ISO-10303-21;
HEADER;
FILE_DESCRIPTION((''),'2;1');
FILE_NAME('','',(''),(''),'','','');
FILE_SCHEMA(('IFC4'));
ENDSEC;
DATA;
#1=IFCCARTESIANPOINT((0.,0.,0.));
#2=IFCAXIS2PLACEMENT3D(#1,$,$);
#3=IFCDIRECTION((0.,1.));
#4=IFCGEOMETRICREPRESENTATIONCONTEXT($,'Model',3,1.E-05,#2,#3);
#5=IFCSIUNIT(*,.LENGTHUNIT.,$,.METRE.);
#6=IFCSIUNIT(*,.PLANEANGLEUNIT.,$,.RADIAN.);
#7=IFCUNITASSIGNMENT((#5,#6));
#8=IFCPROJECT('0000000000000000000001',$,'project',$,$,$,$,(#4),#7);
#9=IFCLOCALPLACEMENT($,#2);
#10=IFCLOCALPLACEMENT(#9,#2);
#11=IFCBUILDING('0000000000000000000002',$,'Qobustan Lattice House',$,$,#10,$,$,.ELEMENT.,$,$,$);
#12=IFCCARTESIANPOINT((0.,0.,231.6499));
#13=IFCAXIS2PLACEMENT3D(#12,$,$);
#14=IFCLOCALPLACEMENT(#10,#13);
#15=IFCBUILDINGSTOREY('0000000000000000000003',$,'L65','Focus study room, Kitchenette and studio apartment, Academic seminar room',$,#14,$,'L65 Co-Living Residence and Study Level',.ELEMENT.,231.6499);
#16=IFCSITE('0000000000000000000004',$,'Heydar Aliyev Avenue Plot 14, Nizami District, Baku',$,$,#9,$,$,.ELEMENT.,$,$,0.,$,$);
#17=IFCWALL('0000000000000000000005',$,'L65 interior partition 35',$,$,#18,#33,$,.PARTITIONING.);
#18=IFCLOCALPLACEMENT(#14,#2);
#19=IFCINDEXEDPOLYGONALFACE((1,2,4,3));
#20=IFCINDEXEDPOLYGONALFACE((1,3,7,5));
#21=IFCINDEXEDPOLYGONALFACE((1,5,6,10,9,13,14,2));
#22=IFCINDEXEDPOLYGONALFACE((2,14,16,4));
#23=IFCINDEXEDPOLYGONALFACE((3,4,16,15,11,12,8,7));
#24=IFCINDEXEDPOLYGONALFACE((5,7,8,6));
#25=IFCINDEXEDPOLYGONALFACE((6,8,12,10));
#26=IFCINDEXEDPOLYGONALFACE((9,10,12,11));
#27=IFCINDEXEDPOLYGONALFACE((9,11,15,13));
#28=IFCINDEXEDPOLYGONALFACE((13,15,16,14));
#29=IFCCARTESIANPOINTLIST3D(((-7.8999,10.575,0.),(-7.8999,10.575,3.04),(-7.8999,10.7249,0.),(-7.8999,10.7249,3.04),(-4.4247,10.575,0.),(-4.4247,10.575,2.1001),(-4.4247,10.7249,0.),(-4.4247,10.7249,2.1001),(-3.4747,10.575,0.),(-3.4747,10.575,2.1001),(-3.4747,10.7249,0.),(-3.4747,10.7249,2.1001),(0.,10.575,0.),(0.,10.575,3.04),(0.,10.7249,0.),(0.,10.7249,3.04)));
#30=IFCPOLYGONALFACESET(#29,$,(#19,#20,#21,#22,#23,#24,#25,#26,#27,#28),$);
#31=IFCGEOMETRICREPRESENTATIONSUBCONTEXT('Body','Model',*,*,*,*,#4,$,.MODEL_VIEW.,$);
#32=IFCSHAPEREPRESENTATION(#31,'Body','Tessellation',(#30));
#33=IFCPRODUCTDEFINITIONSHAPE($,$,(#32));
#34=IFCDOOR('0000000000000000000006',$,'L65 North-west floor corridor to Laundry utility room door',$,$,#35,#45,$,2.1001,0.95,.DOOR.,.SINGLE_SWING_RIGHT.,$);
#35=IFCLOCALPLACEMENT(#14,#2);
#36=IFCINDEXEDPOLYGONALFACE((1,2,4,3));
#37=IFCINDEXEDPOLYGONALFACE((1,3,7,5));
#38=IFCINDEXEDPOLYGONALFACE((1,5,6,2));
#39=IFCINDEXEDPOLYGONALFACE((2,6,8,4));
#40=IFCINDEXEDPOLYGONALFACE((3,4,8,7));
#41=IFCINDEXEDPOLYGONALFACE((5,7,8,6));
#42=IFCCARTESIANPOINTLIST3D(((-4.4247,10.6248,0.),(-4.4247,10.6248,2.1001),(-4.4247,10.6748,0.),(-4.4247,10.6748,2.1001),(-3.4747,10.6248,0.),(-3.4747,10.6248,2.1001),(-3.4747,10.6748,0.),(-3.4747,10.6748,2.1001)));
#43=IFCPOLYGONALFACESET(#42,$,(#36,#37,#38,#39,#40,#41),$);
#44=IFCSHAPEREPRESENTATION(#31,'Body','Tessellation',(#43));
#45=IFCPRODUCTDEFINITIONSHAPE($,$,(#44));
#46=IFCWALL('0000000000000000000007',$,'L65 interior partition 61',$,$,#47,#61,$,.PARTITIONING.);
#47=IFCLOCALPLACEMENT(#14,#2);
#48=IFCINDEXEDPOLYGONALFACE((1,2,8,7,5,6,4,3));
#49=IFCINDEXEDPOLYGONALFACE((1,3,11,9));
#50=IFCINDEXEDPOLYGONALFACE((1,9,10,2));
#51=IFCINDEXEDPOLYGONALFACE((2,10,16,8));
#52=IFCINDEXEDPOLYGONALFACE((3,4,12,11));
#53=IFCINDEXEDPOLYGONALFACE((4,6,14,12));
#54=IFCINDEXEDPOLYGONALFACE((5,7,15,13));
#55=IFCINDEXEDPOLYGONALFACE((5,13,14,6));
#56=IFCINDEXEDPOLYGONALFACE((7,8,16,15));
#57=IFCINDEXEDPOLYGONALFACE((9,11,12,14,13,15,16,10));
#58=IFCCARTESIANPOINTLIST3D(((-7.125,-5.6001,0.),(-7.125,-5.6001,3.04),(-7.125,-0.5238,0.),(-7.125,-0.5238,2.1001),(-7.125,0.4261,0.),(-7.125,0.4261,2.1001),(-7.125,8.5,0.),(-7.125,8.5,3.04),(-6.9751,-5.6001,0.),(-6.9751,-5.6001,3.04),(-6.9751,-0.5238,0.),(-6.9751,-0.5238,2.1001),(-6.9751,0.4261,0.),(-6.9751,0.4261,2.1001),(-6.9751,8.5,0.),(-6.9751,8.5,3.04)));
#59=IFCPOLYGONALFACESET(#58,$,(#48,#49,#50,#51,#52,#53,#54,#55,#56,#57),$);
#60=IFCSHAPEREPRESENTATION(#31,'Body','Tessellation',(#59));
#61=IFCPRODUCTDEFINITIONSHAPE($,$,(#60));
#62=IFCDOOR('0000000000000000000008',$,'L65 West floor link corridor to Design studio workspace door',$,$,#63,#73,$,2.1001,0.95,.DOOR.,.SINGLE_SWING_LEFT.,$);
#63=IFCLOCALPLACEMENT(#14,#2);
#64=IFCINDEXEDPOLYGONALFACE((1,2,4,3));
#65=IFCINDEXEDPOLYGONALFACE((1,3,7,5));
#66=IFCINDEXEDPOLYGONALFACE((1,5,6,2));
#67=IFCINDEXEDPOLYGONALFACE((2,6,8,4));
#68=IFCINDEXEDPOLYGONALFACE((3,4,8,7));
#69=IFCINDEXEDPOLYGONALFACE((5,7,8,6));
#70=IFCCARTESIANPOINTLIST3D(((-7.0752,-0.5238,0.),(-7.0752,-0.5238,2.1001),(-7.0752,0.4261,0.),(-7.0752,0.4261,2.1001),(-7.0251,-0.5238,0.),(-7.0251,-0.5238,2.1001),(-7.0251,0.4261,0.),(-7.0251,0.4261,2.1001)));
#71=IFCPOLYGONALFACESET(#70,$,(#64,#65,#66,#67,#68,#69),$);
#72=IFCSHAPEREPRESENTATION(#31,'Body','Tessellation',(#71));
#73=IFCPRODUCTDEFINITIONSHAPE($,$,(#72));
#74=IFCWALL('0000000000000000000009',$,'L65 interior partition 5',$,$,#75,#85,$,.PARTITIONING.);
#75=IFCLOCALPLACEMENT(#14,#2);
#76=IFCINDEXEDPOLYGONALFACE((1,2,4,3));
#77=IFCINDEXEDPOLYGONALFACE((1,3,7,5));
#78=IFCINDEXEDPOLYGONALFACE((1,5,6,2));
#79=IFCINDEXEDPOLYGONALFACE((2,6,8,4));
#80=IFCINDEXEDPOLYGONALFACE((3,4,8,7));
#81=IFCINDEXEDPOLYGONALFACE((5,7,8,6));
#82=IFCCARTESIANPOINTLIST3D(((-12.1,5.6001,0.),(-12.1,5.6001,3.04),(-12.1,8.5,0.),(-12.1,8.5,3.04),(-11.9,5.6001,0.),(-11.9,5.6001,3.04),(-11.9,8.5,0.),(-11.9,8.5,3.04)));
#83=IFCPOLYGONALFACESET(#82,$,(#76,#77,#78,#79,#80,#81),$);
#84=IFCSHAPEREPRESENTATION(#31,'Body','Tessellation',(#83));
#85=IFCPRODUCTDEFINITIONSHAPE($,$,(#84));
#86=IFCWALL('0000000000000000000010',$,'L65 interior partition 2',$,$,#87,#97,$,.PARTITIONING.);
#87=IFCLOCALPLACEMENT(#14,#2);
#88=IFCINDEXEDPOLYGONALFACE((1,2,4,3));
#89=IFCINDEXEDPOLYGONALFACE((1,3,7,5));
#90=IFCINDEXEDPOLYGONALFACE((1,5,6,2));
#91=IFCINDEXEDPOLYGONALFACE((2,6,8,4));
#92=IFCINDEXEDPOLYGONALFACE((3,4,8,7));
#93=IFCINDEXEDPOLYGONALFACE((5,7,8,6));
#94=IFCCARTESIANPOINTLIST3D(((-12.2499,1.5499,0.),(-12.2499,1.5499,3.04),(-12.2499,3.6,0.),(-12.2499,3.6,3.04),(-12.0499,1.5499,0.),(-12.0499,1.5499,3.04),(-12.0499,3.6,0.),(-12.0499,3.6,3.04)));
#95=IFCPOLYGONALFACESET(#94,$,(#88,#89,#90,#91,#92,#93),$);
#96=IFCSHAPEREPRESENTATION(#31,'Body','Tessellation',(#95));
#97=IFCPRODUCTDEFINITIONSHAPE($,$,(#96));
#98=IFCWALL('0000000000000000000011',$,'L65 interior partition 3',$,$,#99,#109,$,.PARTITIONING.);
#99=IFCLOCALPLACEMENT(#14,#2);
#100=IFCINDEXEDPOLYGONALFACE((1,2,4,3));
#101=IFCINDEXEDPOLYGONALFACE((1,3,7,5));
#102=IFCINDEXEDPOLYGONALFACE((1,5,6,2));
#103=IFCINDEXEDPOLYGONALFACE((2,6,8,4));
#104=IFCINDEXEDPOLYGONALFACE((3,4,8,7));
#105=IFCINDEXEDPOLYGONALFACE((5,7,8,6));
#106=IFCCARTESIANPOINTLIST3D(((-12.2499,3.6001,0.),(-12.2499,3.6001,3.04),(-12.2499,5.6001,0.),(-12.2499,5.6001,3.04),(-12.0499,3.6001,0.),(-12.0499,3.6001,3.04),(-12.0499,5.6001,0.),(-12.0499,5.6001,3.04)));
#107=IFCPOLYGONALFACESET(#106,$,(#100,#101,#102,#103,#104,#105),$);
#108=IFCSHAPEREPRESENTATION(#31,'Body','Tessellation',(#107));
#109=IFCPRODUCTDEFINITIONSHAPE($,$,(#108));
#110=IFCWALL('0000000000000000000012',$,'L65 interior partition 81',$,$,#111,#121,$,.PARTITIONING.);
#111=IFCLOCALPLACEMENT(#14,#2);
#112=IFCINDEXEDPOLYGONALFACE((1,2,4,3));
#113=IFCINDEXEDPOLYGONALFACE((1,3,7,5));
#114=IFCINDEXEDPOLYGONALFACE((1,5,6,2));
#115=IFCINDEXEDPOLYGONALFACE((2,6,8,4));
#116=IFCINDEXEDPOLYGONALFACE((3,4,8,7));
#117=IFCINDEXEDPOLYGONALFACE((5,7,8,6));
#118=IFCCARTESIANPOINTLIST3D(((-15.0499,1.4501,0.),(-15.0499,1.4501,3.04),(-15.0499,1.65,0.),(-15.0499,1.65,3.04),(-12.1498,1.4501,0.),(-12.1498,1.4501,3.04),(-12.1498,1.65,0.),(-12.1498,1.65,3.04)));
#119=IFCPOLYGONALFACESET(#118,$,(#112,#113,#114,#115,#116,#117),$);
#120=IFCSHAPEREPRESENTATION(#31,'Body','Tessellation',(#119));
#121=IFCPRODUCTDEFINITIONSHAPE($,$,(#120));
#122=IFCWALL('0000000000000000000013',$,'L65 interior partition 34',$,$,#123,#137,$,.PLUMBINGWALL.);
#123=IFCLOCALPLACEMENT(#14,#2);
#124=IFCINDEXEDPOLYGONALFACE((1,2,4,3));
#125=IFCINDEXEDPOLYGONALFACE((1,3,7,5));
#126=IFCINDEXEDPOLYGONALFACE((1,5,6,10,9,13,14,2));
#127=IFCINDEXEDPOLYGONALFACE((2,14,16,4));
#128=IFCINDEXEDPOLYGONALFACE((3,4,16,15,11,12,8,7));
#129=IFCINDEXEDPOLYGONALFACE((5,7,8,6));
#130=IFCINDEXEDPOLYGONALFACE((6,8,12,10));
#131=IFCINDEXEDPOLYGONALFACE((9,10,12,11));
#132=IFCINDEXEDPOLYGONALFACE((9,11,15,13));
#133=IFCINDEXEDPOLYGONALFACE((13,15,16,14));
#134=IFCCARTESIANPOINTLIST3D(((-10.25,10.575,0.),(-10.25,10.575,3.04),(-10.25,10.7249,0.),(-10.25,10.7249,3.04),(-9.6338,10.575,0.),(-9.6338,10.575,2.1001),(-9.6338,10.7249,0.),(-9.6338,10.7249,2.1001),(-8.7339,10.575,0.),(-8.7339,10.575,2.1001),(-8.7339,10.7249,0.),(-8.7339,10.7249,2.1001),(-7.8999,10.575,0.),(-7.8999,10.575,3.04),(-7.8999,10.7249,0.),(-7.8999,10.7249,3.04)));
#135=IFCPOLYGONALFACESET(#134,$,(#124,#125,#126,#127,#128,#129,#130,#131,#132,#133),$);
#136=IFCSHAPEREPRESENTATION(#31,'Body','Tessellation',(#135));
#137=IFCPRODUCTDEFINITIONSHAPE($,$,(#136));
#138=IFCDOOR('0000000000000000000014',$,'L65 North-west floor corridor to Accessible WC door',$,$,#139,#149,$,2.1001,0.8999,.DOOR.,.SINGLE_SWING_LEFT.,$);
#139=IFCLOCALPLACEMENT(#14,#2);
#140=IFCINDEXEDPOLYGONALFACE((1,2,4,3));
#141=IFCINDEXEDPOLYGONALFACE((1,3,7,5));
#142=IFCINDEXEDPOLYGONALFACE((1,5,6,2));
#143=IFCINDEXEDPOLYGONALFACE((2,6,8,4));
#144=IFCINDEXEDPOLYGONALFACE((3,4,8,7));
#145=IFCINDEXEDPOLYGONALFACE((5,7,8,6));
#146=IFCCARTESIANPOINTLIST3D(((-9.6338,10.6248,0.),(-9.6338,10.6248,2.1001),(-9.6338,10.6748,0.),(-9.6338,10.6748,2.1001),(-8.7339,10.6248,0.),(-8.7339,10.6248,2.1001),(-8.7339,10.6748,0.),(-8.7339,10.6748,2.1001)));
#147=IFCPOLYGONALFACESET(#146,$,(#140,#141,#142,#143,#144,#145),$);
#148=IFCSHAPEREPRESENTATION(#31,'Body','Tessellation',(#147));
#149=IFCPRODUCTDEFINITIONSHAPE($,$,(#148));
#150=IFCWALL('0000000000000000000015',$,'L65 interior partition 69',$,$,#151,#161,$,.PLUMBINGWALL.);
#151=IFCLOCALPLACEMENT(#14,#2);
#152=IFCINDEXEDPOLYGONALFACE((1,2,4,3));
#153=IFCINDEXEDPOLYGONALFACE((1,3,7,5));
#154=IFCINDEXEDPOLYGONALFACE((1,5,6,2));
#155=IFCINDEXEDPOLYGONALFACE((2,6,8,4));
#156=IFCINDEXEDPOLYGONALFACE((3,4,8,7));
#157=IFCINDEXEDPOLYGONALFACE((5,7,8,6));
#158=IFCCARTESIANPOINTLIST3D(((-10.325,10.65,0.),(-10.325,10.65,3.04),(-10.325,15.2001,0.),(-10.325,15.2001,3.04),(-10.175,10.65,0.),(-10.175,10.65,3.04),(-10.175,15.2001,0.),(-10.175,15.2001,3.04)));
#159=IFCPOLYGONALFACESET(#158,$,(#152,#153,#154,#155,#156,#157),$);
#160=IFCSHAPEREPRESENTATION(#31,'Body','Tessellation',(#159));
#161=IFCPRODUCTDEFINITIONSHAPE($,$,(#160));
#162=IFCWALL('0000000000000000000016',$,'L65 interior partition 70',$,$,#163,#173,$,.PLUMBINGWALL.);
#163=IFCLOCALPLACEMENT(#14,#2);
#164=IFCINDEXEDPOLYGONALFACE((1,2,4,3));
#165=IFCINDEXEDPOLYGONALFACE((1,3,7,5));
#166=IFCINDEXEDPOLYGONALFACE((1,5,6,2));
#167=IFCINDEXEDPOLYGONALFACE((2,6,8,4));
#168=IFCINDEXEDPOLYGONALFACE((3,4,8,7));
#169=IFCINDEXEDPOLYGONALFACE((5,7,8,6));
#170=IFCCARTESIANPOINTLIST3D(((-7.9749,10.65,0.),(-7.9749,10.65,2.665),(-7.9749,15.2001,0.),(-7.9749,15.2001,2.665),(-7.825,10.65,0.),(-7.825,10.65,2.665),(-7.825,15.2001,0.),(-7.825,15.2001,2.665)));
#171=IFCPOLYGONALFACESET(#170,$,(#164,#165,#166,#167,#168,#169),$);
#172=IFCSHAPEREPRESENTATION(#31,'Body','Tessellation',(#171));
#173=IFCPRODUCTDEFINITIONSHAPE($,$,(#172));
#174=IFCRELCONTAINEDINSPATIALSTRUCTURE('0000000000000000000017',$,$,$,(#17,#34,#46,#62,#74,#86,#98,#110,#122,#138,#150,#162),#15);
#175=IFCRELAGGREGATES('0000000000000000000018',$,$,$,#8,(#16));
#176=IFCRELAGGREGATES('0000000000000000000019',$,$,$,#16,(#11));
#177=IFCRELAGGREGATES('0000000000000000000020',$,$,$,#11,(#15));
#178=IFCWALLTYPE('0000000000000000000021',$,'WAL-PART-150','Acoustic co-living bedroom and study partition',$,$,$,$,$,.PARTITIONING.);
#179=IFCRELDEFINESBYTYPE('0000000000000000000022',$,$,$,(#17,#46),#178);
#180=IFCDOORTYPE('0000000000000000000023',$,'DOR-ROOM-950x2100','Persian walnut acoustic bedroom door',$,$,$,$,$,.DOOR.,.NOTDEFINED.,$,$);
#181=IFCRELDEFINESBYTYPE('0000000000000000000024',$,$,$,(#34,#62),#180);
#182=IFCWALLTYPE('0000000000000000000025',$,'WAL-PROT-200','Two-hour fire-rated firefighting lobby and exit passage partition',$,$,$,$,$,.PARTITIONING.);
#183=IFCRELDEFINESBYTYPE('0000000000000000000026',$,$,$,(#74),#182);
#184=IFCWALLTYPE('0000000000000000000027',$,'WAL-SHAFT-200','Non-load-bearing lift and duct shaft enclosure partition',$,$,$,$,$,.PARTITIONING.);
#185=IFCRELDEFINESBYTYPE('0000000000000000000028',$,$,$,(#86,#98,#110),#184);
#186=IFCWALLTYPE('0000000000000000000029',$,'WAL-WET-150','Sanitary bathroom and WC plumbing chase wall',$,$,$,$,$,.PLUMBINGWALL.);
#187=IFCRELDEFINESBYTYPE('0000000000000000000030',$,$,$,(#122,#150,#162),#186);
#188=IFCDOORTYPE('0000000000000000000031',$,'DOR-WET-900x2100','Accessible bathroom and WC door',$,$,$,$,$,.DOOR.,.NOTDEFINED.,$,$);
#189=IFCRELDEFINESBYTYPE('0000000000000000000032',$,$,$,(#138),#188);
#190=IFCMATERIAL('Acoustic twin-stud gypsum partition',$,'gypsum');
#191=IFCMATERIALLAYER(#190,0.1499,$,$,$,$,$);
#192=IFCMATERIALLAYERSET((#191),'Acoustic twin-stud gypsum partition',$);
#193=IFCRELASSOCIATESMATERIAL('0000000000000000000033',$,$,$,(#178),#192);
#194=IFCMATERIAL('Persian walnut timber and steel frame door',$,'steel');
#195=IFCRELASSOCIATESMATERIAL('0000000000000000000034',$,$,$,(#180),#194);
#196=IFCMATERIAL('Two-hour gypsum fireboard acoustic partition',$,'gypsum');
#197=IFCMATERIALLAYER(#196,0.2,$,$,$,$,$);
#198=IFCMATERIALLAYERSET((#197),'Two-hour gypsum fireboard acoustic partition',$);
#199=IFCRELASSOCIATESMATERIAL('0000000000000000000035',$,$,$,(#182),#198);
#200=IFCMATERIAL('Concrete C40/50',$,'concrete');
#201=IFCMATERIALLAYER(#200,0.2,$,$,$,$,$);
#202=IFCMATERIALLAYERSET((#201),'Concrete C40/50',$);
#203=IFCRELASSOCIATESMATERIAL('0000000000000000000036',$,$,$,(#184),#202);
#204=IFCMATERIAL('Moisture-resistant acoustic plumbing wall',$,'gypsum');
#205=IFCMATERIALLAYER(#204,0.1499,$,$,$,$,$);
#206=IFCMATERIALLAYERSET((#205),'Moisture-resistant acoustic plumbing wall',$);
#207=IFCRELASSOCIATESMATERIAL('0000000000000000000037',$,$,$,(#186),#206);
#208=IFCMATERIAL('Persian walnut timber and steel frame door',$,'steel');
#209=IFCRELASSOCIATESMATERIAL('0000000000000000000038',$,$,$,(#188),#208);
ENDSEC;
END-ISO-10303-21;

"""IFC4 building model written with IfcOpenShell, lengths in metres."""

from ifc_helpers import new_model, si_unit, direction, frame, frame_2d, origin, place, context, subcontext, project, spatial, rectangle, extrude, material, layer, layer_set, type_object, element, fill, save


model = new_model("IFC4")

# Units and contexts
model_context = context("Model", 3, precision=1e-05, world=origin(), true_north=direction((0.0, 1.0)))
body_context = subcontext(model_context, "Body", "Model", "MODEL_VIEW")
ifc_project = project(units=[si_unit("LENGTHUNIT", "METRE"), si_unit("PLANEANGLEUNIT", "RADIAN")], contexts=[model_context])

# Site, building, storey
site_placement = place(None, origin())
site = spatial("IfcSite", under=ifc_project, at=site_placement, Name="Heydar Aliyev Avenue Plot 14, Nizami District, Baku", CompositionType="ELEMENT", RefElevation=0.0)
building_placement = place(site_placement, origin())
building = spatial("IfcBuilding", under=site, at=building_placement, Name="Qobustan Lattice House", CompositionType="ELEMENT")
storey_placement = place(building_placement, frame((0.0, 0.0, 231.6499)))
storey = spatial("IfcBuildingStorey", under=building, at=storey_placement, Name="L65", Description="Focus study room, Kitchenette and studio apartment, Academic seminar room", LongName="L65 Co-Living Residence and Study Level", CompositionType="ELEMENT", Elevation=231.6499)

# Walls, openings, doors
ifc_material_1 = material(Name="Acoustic twin-stud gypsum partition", Category="gypsum")
ifc_layer_1 = layer(ifc_material_1, 0.1499)
ifc_layer_set_1 = layer_set([ifc_layer_1], Name="Acoustic twin-stud gypsum partition")
wall_type_1 = type_object("IfcWallType", Name="WAL-PART-150", Description="Acoustic co-living bedroom and study partition", PredefinedType="PARTITIONING", material=ifc_layer_set_1)
wall_1_placement = place(storey_placement, frame((-7.8999, 10.6499, 0.0), z_axis=(0.0, 0.0, 1.0), x_axis=(1.0, 0.0, 0.0)))
wall_1 = element("IfcWall", 1, at=wall_1_placement, inside=storey, type_object=wall_type_1, Name="L65 interior partition 35", PredefinedType="PARTITIONING", context=body_context, shape_type="SweptSolid", body=[
    extrude(rectangle(XDim=7.8999, YDim=0.1499, at=frame_2d((3.95, 0.0))), origin(), (0.0, 0.0, 1.0), 3.04),
])
opening_1_placement = place(wall_1_placement, frame((3.4751, 0.0, 0.0)))
opening_1 = element("IfcOpeningElement", 2, at=opening_1_placement, cuts=wall_1, PredefinedType="OPENING", context=body_context, shape_type="SweptSolid", body=[
    extrude(rectangle(XDim=0.95, YDim=2.1001, at=frame_2d((0.4751, 1.05))), frame((0.0, 0.085, 0.0), z_axis=(0.0, -1.0, 0.0), x_axis=(1.0, 0.0, 0.0)), (0.0, 0.0, 1.0), 0.1699),
])
ifc_material_2 = material(Name="Persian walnut timber and steel frame door", Category="steel")
door_type_1 = type_object("IfcDoorType", Name="DOR-ROOM-950x2100", Description="Persian walnut acoustic bedroom door", OperationType="NOTDEFINED", PredefinedType="DOOR", material=ifc_material_2)
door_1_placement = place(opening_1_placement, origin())
door_1 = element("IfcDoor", 3, at=door_1_placement, inside=storey, type_object=door_type_1, Name="L65 North-west floor corridor to Laundry utility room door", OperationType="SINGLE_SWING_RIGHT", OverallHeight=2.1001, OverallWidth=0.95, PredefinedType="DOOR", context=body_context, shape_type="SweptSolid", body=[
    extrude(rectangle(XDim=0.95, YDim=2.1001, at=frame_2d((0.4751, 1.05))), frame((0.0, 0.0249, 0.0), z_axis=(0.0, -1.0, 0.0), x_axis=(1.0, 0.0, 0.0)), (0.0, 0.0, 1.0), 0.05),
])
fill(opening_1, door_1)
wall_2_placement = place(storey_placement, frame((-7.05, 8.5, 0.0), z_axis=(0.0, 0.0, 1.0), x_axis=(0.0, -1.0, 0.0)))
wall_2 = element("IfcWall", 4, at=wall_2_placement, inside=storey, type_object=wall_type_1, Name="L65 interior partition 61", PredefinedType="PARTITIONING", context=body_context, shape_type="SweptSolid", body=[
    extrude(rectangle(XDim=14.1001, YDim=0.1499, at=frame_2d((7.05, 0.0))), origin(), (0.0, 0.0, 1.0), 3.04),
])
opening_2_placement = place(wall_2_placement, frame((8.0737, 0.0, 0.0)))
opening_2 = element("IfcOpeningElement", 5, at=opening_2_placement, cuts=wall_2, PredefinedType="OPENING", context=body_context, shape_type="SweptSolid", body=[
    extrude(rectangle(XDim=0.95, YDim=2.1001, at=frame_2d((0.4751, 1.05))), frame((0.0, 0.085, 0.0), z_axis=(0.0, -1.0, 0.0), x_axis=(1.0, 0.0, 0.0)), (0.0, 0.0, 1.0), 0.1699),
])
door_2_placement = place(opening_2_placement, origin())
door_2 = element("IfcDoor", 6, at=door_2_placement, inside=storey, type_object=door_type_1, Name="L65 West floor link corridor to Design studio workspace door", OperationType="SINGLE_SWING_LEFT", OverallHeight=2.1001, OverallWidth=0.95, PredefinedType="DOOR", context=body_context, shape_type="SweptSolid", body=[
    extrude(rectangle(XDim=0.95, YDim=2.1001, at=frame_2d((0.4751, 1.05))), frame((0.0, 0.0249, 0.0), z_axis=(0.0, -1.0, 0.0), x_axis=(1.0, 0.0, 0.0)), (0.0, 0.0, 1.0), 0.05),
])
fill(opening_2, door_2)
ifc_material_3 = material(Name="Two-hour gypsum fireboard acoustic partition", Category="gypsum")
ifc_layer_2 = layer(ifc_material_3, 0.2)
ifc_layer_set_2 = layer_set([ifc_layer_2], Name="Two-hour gypsum fireboard acoustic partition")
wall_type_2 = type_object("IfcWallType", Name="WAL-PROT-200", Description="Two-hour fire-rated firefighting lobby and exit passage partition", PredefinedType="PARTITIONING", material=ifc_layer_set_2)

# Walls
wall_3_placement = place(storey_placement, frame((-12.0, 5.6001, 0.0), z_axis=(0.0, 0.0, 1.0), x_axis=(0.0, 1.0, 0.0)))
element("IfcWall", 7, at=wall_3_placement, inside=storey, type_object=wall_type_2, Name="L65 interior partition 5", PredefinedType="PARTITIONING", context=body_context, shape_type="SweptSolid", body=[
    extrude(rectangle(XDim=2.8999, YDim=0.2, at=frame_2d((1.45, 0.0))), origin(), (0.0, 0.0, 1.0), 3.04),
])
ifc_material_4 = material(Name="Concrete C40/50", Category="concrete")
ifc_layer_3 = layer(ifc_material_4, 0.2)
ifc_layer_set_3 = layer_set([ifc_layer_3], Name="Concrete C40/50")
wall_type_3 = type_object("IfcWallType", Name="WAL-SHAFT-200", Description="Non-load-bearing lift and duct shaft enclosure partition", PredefinedType="PARTITIONING", material=ifc_layer_set_3)
wall_4_placement = place(storey_placement, frame((-12.1499, 1.55, 0.0), z_axis=(0.0, 0.0, 1.0), x_axis=(0.0, 1.0, 0.0)))
element("IfcWall", 8, at=wall_4_placement, inside=storey, type_object=wall_type_3, Name="L65 interior partition 2", PredefinedType="PARTITIONING", context=body_context, shape_type="SweptSolid", body=[
    extrude(rectangle(XDim=2.05, YDim=0.2, at=frame_2d((1.0249, 0.0))), origin(), (0.0, 0.0, 1.0), 3.04),
])
wall_5_placement = place(storey_placement, frame((-12.1499, 3.6001, 0.0), z_axis=(0.0, 0.0, 1.0), x_axis=(0.0, 1.0, 0.0)))
element("IfcWall", 9, at=wall_5_placement, inside=storey, type_object=wall_type_3, Name="L65 interior partition 3", PredefinedType="PARTITIONING", context=body_context, shape_type="SweptSolid", body=[
    extrude(rectangle(XDim=2.0, YDim=0.2, at=frame_2d((1.0, 0.0))), origin(), (0.0, 0.0, 1.0), 3.04),
])
wall_6_placement = place(storey_placement, frame((-15.05, 1.55, 0.0), z_axis=(0.0, 0.0, 1.0), x_axis=(1.0, 0.0, 0.0)))
element("IfcWall", 10, at=wall_6_placement, inside=storey, type_object=wall_type_3, Name="L65 interior partition 81", PredefinedType="PARTITIONING", context=body_context, shape_type="SweptSolid", body=[
    extrude(rectangle(XDim=2.9001, YDim=0.2, at=frame_2d((1.4502, 0.0))), origin(), (0.0, 0.0, 1.0), 3.04),
])

# Wall, opening, door
ifc_material_5 = material(Name="Moisture-resistant acoustic plumbing wall", Category="gypsum")
ifc_layer_4 = layer(ifc_material_5, 0.1499)
ifc_layer_set_4 = layer_set([ifc_layer_4], Name="Moisture-resistant acoustic plumbing wall")
wall_type_4 = type_object("IfcWallType", Name="WAL-WET-150", Description="Sanitary bathroom and WC plumbing chase wall", PredefinedType="PLUMBINGWALL", material=ifc_layer_set_4)
wall_7_placement = place(storey_placement, frame((-10.25, 10.6499, 0.0), z_axis=(0.0, 0.0, 1.0), x_axis=(1.0, 0.0, 0.0)))
wall_7 = element("IfcWall", 11, at=wall_7_placement, inside=storey, type_object=wall_type_4, Name="L65 interior partition 34", PredefinedType="PLUMBINGWALL", context=body_context, shape_type="SweptSolid", body=[
    extrude(rectangle(XDim=2.3501, YDim=0.1499, at=frame_2d((1.175, 0.0))), origin(), (0.0, 0.0, 1.0), 3.04),
])
opening_3_placement = place(wall_7_placement, frame((0.6162, 0.0, 0.0)))
opening_3 = element("IfcOpeningElement", 12, at=opening_3_placement, cuts=wall_7, PredefinedType="OPENING", context=body_context, shape_type="SweptSolid", body=[
    extrude(rectangle(XDim=0.8999, YDim=2.1001, at=frame_2d((0.45, 1.05))), frame((0.0, 0.085, 0.0), z_axis=(0.0, -1.0, 0.0), x_axis=(1.0, 0.0, 0.0)), (0.0, 0.0, 1.0), 0.1699),
])
ifc_material_6 = material(Name="Persian walnut timber and steel frame door", Category="steel")
door_type_2 = type_object("IfcDoorType", Name="DOR-WET-900x2100", Description="Accessible bathroom and WC door", OperationType="NOTDEFINED", PredefinedType="DOOR", material=ifc_material_6)
door_3_placement = place(opening_3_placement, origin())
door_3 = element("IfcDoor", 13, at=door_3_placement, inside=storey, type_object=door_type_2, Name="L65 North-west floor corridor to Accessible WC door", OperationType="SINGLE_SWING_LEFT", OverallHeight=2.1001, OverallWidth=0.8999, PredefinedType="DOOR", context=body_context, shape_type="SweptSolid", body=[
    extrude(rectangle(XDim=0.8999, YDim=2.1001, at=frame_2d((0.45, 1.05))), frame((0.0, 0.0249, 0.0), z_axis=(0.0, -1.0, 0.0), x_axis=(1.0, 0.0, 0.0)), (0.0, 0.0, 1.0), 0.05),
])
fill(opening_3, door_3)

# Walls
wall_8_placement = place(storey_placement, frame((-10.25, 15.2, 0.0), z_axis=(0.0, 0.0, 1.0), x_axis=(0.0, -1.0, 0.0)))
element("IfcWall", 14, at=wall_8_placement, inside=storey, type_object=wall_type_4, Name="L65 interior partition 69", PredefinedType="PLUMBINGWALL", context=body_context, shape_type="SweptSolid", body=[
    extrude(rectangle(XDim=4.55, YDim=0.1499, at=frame_2d((2.2749, 0.0))), origin(), (0.0, 0.0, 1.0), 3.04),
])
wall_9_placement = place(storey_placement, frame((-7.8999, 15.2, 0.0), z_axis=(0.0, 0.0, 1.0), x_axis=(0.0, -1.0, 0.0)))
element("IfcWall", 15, at=wall_9_placement, inside=storey, type_object=wall_type_4, Name="L65 interior partition 70", PredefinedType="PLUMBINGWALL", context=body_context, shape_type="SweptSolid", body=[
    extrude(rectangle(XDim=4.55, YDim=0.1499, at=frame_2d((2.2749, 0.0))), origin(), (0.0, 0.0, 1.0), 2.665),
])

save(model, "model.ifc")
